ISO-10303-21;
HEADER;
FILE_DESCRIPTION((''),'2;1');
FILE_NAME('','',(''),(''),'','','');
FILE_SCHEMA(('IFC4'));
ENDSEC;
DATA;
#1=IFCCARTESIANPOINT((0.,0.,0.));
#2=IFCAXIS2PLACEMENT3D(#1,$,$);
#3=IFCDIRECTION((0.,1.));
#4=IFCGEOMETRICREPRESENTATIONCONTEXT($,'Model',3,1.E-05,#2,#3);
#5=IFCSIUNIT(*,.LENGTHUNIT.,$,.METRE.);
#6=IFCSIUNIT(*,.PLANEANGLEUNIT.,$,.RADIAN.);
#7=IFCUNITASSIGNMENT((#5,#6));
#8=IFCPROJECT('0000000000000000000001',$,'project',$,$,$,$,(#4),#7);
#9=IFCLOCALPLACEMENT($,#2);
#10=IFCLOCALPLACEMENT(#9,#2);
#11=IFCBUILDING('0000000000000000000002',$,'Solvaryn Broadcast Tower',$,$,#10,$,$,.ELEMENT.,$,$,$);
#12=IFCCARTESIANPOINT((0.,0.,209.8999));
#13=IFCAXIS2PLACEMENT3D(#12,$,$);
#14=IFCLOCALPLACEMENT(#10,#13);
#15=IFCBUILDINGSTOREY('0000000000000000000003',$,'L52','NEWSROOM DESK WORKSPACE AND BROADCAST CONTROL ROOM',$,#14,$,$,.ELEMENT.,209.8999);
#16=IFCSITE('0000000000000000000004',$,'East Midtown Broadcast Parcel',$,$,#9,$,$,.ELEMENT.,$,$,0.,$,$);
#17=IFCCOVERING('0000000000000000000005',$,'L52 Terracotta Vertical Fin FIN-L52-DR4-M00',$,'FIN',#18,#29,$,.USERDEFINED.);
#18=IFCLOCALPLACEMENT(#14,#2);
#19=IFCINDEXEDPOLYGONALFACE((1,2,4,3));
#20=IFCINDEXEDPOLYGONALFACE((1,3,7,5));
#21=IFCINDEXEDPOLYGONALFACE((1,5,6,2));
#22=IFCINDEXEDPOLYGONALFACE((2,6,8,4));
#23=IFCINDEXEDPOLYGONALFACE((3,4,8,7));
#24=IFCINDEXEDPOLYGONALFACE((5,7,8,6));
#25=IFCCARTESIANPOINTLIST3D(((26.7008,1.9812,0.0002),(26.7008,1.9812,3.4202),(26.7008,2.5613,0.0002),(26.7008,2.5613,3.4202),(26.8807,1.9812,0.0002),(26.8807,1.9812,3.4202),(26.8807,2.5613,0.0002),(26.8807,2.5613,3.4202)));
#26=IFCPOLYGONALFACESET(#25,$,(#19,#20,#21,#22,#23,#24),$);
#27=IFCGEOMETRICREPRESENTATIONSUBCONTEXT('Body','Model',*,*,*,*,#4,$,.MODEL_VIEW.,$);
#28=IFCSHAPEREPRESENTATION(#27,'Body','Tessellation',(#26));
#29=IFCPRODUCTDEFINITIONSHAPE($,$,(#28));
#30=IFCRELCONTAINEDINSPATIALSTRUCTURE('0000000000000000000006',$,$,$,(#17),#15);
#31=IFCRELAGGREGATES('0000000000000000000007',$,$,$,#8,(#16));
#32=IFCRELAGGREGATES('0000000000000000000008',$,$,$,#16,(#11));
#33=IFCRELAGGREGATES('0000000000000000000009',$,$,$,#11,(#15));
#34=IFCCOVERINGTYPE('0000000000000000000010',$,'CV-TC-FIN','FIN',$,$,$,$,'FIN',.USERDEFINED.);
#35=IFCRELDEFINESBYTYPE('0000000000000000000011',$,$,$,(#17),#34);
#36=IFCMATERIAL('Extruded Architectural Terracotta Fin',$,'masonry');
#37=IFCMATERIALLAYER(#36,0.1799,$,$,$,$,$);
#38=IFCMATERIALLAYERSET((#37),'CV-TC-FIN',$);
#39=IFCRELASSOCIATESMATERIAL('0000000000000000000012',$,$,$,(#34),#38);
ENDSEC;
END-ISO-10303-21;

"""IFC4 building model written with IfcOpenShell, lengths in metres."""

from ifc_helpers import new_model, si_unit, direction, frame, origin, origin_2d, place, context, subcontext, project, spatial, rectangle, extrude, material, layer, layer_set, type_object, element, save


model = new_model("IFC4")

# Units and contexts
model_context = context("Model", 3, precision=1e-05, world=origin(), true_north=direction((0.0, 1.0)))
body_context = subcontext(model_context, "Body", "Model", "MODEL_VIEW")
ifc_project = project(units=[si_unit("LENGTHUNIT", "METRE"), si_unit("PLANEANGLEUNIT", "RADIAN")], contexts=[model_context])

# Site, building, storey
site_placement = place(None, origin())
site = spatial("IfcSite", under=ifc_project, at=site_placement, Name="East Midtown Broadcast Parcel", CompositionType="ELEMENT", RefElevation=0.0)
building_placement = place(site_placement, origin())
building = spatial("IfcBuilding", under=site, at=building_placement, Name="Solvaryn Broadcast Tower", CompositionType="ELEMENT")
storey_placement = place(building_placement, frame((0.0, 0.0, 209.8999)))
storey = spatial("IfcBuildingStorey", under=building, at=storey_placement, Name="L52", Description="NEWSROOM DESK WORKSPACE AND BROADCAST CONTROL ROOM", CompositionType="ELEMENT", Elevation=209.8999)

# Covering
ifc_material_1 = material(Name="Extruded Architectural Terracotta Fin", Category="masonry")
ifc_layer_1 = layer(ifc_material_1, 0.1799)
ifc_layer_set_1 = layer_set([ifc_layer_1], Name="CV-TC-FIN")
covering_type_1 = type_object("IfcCoveringType", Name="CV-TC-FIN", Description="FIN", ElementType="FIN", PredefinedType="USERDEFINED", material=ifc_layer_set_1)
for number, where, z_axis, x_axis, name in (
    (1, (26.7908, 2.2712, 0.0002), (0.0, 0.0, 1.0), (1.0, 0.0, 0.0), "L52 Terracotta Vertical Fin FIN-L52-DR4-M00"),
):
    element("IfcCovering", number, at=place(storey_placement, frame(where, z_axis=z_axis, x_axis=x_axis)), inside=storey, type_object=covering_type_1, Name=name, ObjectType="FIN", PredefinedType="USERDEFINED", context=body_context, shape_type="SweptSolid", body=[
        extrude(rectangle(XDim=0.1799, YDim=0.5801, at=origin_2d()), origin(), (0.0, 0.0, 1.0), 3.4199),
    ])

save(model, "model.ifc")
